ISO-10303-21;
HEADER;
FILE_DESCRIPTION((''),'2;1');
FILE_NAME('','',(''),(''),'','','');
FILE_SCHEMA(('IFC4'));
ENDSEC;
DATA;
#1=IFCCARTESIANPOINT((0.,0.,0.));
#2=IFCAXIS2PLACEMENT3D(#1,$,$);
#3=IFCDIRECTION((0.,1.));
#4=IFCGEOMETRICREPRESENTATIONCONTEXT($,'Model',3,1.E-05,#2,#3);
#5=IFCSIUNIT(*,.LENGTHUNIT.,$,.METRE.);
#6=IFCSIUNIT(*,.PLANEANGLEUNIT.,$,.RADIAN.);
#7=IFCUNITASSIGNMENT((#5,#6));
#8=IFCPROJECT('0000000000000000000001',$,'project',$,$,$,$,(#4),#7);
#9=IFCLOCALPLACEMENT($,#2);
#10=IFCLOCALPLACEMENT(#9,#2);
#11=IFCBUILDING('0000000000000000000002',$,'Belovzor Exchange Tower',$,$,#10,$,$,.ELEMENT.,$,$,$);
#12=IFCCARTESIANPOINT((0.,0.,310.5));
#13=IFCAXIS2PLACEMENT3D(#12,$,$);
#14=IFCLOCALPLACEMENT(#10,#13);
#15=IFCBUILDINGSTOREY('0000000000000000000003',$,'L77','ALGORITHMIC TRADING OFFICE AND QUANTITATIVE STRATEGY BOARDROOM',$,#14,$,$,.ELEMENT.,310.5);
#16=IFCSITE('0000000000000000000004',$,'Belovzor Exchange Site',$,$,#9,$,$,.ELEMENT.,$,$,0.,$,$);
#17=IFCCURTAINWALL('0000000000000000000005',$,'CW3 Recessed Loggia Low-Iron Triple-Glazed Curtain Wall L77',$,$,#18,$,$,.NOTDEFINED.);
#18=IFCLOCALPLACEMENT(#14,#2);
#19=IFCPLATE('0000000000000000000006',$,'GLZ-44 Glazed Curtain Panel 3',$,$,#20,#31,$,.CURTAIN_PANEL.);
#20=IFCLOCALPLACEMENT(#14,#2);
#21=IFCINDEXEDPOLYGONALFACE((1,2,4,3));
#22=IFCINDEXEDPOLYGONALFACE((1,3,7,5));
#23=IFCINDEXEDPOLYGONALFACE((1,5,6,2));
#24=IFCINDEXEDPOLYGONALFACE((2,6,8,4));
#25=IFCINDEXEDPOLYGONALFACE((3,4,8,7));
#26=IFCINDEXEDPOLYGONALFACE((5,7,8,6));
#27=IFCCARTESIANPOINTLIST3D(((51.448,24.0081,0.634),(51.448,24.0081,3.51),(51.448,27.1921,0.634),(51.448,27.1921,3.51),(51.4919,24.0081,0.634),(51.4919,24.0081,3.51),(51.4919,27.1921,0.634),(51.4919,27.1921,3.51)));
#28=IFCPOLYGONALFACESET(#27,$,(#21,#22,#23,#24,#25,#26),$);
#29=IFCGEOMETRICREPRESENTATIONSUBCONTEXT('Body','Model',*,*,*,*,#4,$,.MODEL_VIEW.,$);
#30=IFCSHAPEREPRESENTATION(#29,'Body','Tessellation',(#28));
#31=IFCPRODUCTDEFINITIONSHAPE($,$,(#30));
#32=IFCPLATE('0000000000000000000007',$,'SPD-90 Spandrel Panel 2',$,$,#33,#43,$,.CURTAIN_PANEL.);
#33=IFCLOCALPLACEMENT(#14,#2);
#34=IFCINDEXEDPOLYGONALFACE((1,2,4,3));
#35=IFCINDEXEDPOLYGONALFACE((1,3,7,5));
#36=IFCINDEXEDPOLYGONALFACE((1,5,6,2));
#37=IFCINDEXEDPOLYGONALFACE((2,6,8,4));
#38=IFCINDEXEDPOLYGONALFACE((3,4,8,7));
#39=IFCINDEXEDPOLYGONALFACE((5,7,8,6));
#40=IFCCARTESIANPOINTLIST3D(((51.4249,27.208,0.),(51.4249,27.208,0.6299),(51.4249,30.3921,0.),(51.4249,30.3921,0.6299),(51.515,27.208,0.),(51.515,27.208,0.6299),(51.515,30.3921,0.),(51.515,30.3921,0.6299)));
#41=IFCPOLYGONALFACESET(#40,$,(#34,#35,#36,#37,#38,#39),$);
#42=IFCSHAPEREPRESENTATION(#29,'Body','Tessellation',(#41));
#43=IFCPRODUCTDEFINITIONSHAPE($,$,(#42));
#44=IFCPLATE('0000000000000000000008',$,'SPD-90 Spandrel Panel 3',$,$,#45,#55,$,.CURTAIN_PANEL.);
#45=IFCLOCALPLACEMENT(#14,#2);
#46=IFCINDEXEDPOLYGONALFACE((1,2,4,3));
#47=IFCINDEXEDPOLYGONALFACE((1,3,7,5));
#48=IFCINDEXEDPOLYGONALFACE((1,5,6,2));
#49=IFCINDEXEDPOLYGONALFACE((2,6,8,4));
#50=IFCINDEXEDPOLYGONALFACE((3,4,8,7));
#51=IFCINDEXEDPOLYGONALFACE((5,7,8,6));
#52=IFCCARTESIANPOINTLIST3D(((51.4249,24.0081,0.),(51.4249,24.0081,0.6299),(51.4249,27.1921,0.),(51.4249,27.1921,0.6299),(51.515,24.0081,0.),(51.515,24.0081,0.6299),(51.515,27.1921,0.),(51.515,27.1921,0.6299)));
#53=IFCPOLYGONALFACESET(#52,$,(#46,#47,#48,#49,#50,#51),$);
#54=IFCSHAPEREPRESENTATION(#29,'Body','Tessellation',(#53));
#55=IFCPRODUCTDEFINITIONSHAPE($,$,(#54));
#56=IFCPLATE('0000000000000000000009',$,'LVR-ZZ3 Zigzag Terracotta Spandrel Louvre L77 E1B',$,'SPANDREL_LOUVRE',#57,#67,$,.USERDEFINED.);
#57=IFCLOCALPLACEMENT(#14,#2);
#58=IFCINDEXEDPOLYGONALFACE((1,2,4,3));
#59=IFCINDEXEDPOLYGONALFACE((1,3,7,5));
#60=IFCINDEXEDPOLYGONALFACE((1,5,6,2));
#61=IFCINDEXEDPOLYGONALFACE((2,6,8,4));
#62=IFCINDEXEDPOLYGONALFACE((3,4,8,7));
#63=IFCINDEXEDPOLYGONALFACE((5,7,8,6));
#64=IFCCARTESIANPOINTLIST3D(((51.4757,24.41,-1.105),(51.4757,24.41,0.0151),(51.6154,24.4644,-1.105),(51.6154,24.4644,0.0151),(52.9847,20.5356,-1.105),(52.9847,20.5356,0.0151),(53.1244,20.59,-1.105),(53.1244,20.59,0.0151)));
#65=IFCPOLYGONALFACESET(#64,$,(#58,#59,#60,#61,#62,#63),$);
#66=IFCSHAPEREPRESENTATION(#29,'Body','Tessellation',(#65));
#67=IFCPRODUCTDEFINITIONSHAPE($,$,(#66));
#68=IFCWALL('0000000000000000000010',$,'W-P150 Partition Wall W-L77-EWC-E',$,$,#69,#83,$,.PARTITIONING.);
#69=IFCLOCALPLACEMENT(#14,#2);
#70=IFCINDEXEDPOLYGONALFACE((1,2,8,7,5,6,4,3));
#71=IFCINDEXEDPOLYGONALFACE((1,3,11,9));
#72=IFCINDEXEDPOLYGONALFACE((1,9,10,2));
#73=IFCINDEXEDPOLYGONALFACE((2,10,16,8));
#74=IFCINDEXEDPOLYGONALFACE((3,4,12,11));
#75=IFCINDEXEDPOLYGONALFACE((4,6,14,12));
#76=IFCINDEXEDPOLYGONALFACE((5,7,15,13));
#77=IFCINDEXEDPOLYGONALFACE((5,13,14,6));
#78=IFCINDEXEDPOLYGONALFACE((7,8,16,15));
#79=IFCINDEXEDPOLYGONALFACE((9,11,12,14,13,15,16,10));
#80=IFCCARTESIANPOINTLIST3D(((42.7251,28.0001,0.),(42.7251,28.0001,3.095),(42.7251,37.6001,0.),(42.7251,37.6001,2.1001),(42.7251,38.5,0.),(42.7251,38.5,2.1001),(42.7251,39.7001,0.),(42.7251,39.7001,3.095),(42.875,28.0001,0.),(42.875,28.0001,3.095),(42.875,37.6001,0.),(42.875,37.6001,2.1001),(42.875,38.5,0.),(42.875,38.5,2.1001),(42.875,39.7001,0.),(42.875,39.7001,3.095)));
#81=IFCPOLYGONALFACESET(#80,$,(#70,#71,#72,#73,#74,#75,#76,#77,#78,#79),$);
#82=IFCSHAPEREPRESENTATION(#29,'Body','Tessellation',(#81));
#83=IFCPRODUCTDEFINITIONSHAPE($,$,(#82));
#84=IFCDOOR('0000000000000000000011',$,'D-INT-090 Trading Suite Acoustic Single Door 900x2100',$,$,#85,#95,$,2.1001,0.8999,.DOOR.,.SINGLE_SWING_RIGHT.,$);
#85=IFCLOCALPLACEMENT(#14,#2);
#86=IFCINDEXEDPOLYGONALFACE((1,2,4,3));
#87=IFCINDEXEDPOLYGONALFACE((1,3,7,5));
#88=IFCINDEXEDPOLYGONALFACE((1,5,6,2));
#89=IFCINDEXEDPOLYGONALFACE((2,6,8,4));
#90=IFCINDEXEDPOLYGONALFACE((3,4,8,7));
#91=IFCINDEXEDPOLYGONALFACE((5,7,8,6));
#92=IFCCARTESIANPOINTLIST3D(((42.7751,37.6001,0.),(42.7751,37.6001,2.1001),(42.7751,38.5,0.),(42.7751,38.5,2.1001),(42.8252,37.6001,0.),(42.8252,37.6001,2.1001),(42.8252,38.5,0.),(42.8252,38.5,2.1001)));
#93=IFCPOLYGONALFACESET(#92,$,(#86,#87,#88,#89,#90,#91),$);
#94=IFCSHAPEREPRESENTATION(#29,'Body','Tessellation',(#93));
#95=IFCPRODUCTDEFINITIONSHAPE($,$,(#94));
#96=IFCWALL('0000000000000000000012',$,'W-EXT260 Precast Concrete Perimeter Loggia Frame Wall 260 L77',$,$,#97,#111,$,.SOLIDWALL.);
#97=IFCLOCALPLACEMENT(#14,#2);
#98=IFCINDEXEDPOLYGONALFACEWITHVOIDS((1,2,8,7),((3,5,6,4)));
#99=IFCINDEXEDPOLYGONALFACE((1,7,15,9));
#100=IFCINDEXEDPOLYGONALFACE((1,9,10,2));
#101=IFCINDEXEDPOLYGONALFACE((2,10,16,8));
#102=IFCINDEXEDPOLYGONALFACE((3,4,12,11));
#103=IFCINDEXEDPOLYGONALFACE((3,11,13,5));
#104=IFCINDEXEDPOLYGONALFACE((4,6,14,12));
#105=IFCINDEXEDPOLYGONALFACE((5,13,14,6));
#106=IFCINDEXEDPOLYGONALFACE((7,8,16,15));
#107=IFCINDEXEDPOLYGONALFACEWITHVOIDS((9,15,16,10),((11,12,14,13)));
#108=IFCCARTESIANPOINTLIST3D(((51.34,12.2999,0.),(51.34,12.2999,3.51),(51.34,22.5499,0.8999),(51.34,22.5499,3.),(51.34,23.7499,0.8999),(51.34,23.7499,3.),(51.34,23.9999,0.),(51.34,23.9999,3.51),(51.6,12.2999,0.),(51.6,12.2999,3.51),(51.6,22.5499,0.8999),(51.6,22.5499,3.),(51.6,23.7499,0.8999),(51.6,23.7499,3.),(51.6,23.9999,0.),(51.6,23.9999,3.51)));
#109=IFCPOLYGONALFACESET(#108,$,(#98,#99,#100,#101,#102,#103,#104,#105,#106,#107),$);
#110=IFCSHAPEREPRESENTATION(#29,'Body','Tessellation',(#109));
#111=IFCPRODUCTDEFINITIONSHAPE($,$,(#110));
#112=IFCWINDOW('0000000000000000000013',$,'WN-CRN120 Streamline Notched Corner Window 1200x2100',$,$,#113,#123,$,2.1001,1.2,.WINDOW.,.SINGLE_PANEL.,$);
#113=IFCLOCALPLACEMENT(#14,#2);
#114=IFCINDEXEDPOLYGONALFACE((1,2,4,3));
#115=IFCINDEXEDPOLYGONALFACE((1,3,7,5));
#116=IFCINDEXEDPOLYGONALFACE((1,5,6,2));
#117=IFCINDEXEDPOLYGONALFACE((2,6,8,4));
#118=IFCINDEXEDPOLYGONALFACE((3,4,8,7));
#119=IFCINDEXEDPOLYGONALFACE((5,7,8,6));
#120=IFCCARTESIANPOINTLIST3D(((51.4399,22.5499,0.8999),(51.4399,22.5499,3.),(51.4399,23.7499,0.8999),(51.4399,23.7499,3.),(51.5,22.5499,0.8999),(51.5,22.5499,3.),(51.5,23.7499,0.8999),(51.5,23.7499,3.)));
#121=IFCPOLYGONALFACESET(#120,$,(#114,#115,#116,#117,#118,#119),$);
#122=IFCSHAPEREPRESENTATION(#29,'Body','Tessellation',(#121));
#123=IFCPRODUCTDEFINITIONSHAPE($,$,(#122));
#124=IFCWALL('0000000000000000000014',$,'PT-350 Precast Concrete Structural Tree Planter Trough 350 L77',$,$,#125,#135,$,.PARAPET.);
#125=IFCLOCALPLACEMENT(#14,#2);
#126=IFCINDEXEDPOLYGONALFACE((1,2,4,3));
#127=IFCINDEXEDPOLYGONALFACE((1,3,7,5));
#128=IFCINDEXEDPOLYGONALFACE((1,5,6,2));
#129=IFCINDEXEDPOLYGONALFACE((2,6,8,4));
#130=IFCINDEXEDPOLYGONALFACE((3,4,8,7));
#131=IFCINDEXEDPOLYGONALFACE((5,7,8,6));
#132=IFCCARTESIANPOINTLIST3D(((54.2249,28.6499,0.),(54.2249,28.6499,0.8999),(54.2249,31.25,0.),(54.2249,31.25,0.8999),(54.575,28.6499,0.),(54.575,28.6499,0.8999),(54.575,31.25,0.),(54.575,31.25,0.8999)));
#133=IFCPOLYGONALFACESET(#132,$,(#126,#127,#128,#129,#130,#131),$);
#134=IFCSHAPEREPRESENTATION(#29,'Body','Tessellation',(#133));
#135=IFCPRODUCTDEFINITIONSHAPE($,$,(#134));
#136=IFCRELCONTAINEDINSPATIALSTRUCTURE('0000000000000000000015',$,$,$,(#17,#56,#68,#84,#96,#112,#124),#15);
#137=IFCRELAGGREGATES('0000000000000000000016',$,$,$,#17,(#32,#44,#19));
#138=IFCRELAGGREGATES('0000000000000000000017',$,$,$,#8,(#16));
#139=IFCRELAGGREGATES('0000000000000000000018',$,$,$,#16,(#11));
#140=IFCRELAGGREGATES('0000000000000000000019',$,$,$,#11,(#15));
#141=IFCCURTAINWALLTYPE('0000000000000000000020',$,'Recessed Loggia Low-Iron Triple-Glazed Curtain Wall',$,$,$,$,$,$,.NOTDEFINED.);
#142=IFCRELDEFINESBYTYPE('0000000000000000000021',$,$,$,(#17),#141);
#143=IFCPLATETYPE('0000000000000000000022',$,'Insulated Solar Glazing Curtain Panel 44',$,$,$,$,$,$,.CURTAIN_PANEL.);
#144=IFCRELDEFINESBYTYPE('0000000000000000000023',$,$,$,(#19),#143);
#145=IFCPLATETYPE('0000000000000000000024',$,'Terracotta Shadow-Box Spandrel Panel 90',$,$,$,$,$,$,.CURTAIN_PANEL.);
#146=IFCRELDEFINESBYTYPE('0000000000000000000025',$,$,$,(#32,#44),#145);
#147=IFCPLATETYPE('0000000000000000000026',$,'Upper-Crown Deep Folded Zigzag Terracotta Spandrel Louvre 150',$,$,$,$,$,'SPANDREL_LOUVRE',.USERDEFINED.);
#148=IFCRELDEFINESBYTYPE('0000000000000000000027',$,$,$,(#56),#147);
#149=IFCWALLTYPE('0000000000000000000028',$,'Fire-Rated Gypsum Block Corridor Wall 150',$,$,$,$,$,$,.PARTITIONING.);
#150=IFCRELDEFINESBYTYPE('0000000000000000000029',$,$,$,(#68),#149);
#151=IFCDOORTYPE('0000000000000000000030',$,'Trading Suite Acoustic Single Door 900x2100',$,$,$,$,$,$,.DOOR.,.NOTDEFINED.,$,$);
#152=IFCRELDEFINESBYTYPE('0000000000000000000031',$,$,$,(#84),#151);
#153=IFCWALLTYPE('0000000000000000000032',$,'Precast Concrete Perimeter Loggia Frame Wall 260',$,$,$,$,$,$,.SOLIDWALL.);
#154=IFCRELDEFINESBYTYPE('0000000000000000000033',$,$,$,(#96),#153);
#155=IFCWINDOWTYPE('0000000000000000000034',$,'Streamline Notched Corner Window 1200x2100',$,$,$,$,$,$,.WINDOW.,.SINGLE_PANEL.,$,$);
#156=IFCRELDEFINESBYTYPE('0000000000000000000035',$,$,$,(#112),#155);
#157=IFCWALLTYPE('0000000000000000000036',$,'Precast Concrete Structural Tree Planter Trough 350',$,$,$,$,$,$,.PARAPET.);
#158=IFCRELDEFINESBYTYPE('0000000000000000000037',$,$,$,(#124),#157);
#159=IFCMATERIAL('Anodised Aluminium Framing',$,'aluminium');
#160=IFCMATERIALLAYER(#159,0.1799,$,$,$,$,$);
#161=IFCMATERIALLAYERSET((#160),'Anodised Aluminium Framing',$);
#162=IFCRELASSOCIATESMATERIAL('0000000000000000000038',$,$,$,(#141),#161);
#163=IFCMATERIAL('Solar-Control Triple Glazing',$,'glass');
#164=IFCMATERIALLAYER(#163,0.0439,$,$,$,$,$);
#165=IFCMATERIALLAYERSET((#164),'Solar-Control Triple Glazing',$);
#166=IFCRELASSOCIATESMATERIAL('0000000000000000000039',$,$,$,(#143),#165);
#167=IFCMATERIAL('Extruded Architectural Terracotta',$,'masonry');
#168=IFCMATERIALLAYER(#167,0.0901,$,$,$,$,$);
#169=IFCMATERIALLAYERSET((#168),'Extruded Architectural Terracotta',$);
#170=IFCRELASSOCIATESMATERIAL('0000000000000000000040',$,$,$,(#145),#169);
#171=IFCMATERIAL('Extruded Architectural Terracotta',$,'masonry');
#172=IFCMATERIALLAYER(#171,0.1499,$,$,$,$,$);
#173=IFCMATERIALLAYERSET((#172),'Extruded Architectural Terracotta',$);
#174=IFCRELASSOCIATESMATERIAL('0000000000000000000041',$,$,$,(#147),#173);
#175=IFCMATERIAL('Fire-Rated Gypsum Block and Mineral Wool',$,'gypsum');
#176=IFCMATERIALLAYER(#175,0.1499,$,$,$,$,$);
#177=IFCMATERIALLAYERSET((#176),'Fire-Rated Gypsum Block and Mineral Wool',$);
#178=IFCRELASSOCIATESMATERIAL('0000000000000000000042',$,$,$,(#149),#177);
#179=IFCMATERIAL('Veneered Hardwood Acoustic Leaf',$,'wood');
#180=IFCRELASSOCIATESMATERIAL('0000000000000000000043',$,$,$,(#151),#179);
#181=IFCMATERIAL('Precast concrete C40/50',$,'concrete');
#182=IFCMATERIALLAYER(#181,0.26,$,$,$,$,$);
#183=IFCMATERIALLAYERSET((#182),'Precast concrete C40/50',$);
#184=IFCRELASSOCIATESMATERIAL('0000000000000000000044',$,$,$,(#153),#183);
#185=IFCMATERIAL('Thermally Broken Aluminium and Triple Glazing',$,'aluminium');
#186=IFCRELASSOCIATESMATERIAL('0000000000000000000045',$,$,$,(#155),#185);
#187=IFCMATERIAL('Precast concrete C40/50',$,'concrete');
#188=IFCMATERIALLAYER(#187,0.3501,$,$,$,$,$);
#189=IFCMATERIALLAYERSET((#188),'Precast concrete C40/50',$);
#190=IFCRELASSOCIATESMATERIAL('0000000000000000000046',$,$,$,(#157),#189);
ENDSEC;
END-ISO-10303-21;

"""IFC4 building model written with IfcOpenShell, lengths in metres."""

from ifc_helpers import new_model, si_unit, direction, frame, frame_2d, origin, origin_2d, place, context, subcontext, project, spatial, rectangle, extrude, material, layer, layer_set, type_object, element, fill, aggregate, save


model = new_model("IFC4")

# Units and contexts
model_context = context("Model", 3, precision=1e-05, world=origin(), true_north=direction((0.0, 1.0)))
body_context = subcontext(model_context, "Body", "Model", "MODEL_VIEW")
ifc_project = project(units=[si_unit("LENGTHUNIT", "METRE"), si_unit("PLANEANGLEUNIT", "RADIAN")], contexts=[model_context])

# Site, building, storey
site_placement = place(None, origin())
site = spatial("IfcSite", under=ifc_project, at=site_placement, Name="Belovzor Exchange Site", CompositionType="ELEMENT", RefElevation=0.0)
building_placement = place(site_placement, origin())
building = spatial("IfcBuilding", under=site, at=building_placement, Name="Belovzor Exchange Tower", CompositionType="ELEMENT")
storey_placement = place(building_placement, frame((0.0, 0.0, 310.5)))
storey = spatial("IfcBuildingStorey", under=building, at=storey_placement, Name="L77", Description="ALGORITHMIC TRADING OFFICE AND QUANTITATIVE STRATEGY BOARDROOM", CompositionType="ELEMENT", Elevation=310.5)

# Curtain wall, plates
ifc_material_1 = material(Name="Anodised Aluminium Framing", Category="aluminium")
ifc_layer_1 = layer(ifc_material_1, 0.1799)
ifc_layer_set_1 = layer_set([ifc_layer_1], Name="Anodised Aluminium Framing")
curtain_wall_type = type_object("IfcCurtainWallType", Name="Recessed Loggia Low-Iron Triple-Glazed Curtain Wall", PredefinedType="NOTDEFINED", material=ifc_layer_set_1)
curtain_wall_placement = place(storey_placement, origin())
curtain_wall = element("IfcCurtainWall", 1, at=curtain_wall_placement, inside=storey, type_object=curtain_wall_type, Name="CW3 Recessed Loggia Low-Iron Triple-Glazed Curtain Wall L77", PredefinedType="NOTDEFINED")
ifc_material_2 = material(Name="Solar-Control Triple Glazing", Category="glass")
ifc_layer_2 = layer(ifc_material_2, 0.0439)
ifc_layer_set_2 = layer_set([ifc_layer_2], Name="Solar-Control Triple Glazing")
plate_type_1 = type_object("IfcPlateType", Name="Insulated Solar Glazing Curtain Panel 44", PredefinedType="CURTAIN_PANEL", material=ifc_layer_set_2)
plate_1_placement = place(storey_placement, frame((51.47, 25.6001, 0.634), z_axis=(0.0, 0.0, 1.0), x_axis=(0.0, -1.0, 0.0)))
plate_1 = element("IfcPlate", 2, at=plate_1_placement, type_object=plate_type_1, Name="GLZ-44 Glazed Curtain Panel 3", PredefinedType="CURTAIN_PANEL", context=body_context, shape_type="SweptSolid", body=[
    extrude(rectangle(XDim=3.1841, YDim=0.0439, at=origin_2d()), origin(), (0.0, 0.0, 1.0), 2.876),
])
ifc_material_3 = material(Name="Extruded Architectural Terracotta", Category="masonry")
ifc_layer_3 = layer(ifc_material_3, 0.0901)
ifc_layer_set_3 = layer_set([ifc_layer_3], Name="Extruded Architectural Terracotta")
plate_type_2 = type_object("IfcPlateType", Name="Terracotta Shadow-Box Spandrel Panel 90", PredefinedType="CURTAIN_PANEL", material=ifc_layer_set_3)
plate_2_placement = place(storey_placement, frame((51.47, 28.8, 0.0), z_axis=(0.0, 0.0, 1.0), x_axis=(0.0, -1.0, 0.0)))
plate_2 = element("IfcPlate", 3, at=plate_2_placement, type_object=plate_type_2, Name="SPD-90 Spandrel Panel 2", PredefinedType="CURTAIN_PANEL", context=body_context, shape_type="SweptSolid", body=[
    extrude(rectangle(XDim=3.1841, YDim=0.0901, at=origin_2d()), origin(), (0.0, 0.0, 1.0), 0.6299),
])
plate_3_placement = place(storey_placement, frame((51.47, 25.6001, 0.0), z_axis=(0.0, 0.0, 1.0), x_axis=(0.0, -1.0, 0.0)))
plate_3 = element("IfcPlate", 4, at=plate_3_placement, type_object=plate_type_2, Name="SPD-90 Spandrel Panel 3", PredefinedType="CURTAIN_PANEL", context=body_context, shape_type="SweptSolid", body=[
    extrude(rectangle(XDim=3.1841, YDim=0.0901, at=origin_2d()), origin(), (0.0, 0.0, 1.0), 0.6299),
])
aggregate(curtain_wall, [plate_2, plate_3, plate_1])

# Plate
ifc_material_4 = material(Name="Extruded Architectural Terracotta", Category="masonry")
ifc_layer_4 = layer(ifc_material_4, 0.1499)
ifc_layer_set_4 = layer_set([ifc_layer_4], Name="Extruded Architectural Terracotta")
plate_type_3 = type_object("IfcPlateType", Name="Upper-Crown Deep Folded Zigzag Terracotta Spandrel Louvre 150", ElementType="SPANDREL_LOUVRE", PredefinedType="USERDEFINED", material=ifc_layer_set_4)
plate_4_placement = place(storey_placement, frame((52.3, 22.5, -1.105), z_axis=(0.0, 0.0, 1.0), x_axis=(-0.362926, 0.931818, 0.0)))
element("IfcPlate", 5, at=plate_4_placement, inside=storey, type_object=plate_type_3, Name="LVR-ZZ3 Zigzag Terracotta Spandrel Louvre L77 E1B", ObjectType="SPANDREL_LOUVRE", PredefinedType="USERDEFINED", context=body_context, shape_type="SweptSolid", body=[
    extrude(rectangle(XDim=4.158, YDim=0.1499, at=origin_2d()), origin(), (0.0, 0.0, 1.0), 1.1201),
])

# Wall, opening, door
ifc_material_5 = material(Name="Fire-Rated Gypsum Block and Mineral Wool", Category="gypsum")
ifc_layer_5 = layer(ifc_material_5, 0.1499)
ifc_layer_set_5 = layer_set([ifc_layer_5], Name="Fire-Rated Gypsum Block and Mineral Wool")
wall_type_1 = type_object("IfcWallType", Name="Fire-Rated Gypsum Block Corridor Wall 150", PredefinedType="PARTITIONING", material=ifc_layer_set_5)
wall_1_placement = place(storey_placement, frame((42.8, 28.0, 0.0), z_axis=(0.0, 0.0, 1.0), x_axis=(0.0, 1.0, 0.0)))
wall_1 = element("IfcWall", 6, at=wall_1_placement, inside=storey, type_object=wall_type_1, Name="W-P150 Partition Wall W-L77-EWC-E", PredefinedType="PARTITIONING", context=body_context, shape_type="SweptSolid", body=[
    extrude(rectangle(XDim=11.7, YDim=0.1499, at=frame_2d((5.8501, 0.0))), origin(), (0.0, 0.0, 1.0), 3.095),
])
opening_1_placement = place(wall_1_placement, frame((9.6001, 0.0, 0.0)))
opening_1 = element("IfcOpeningElement", 7, at=opening_1_placement, cuts=wall_1, PredefinedType="OPENING", context=body_context, shape_type="SweptSolid", body=[
    extrude(rectangle(XDim=0.8999, YDim=2.1001, at=frame_2d((0.45, 1.05))), frame((0.0, 0.085, 0.0), z_axis=(0.0, -1.0, 0.0), x_axis=(1.0, 0.0, 0.0)), (0.0, 0.0, 1.0), 0.1699),
])
ifc_material_6 = material(Name="Veneered Hardwood Acoustic Leaf", Category="wood")
door_type = type_object("IfcDoorType", Name="Trading Suite Acoustic Single Door 900x2100", OperationType="NOTDEFINED", PredefinedType="DOOR", material=ifc_material_6)
door_placement = place(opening_1_placement, origin())
door = element("IfcDoor", 8, at=door_placement, inside=storey, type_object=door_type, Name="D-INT-090 Trading Suite Acoustic Single Door 900x2100", OperationType="SINGLE_SWING_RIGHT", OverallHeight=2.1001, OverallWidth=0.8999, PredefinedType="DOOR", context=body_context, shape_type="SweptSolid", body=[
    extrude(rectangle(XDim=0.8999, YDim=2.1001, at=frame_2d((0.45, 1.05))), frame((0.0, 0.0249, 0.0), z_axis=(0.0, -1.0, 0.0), x_axis=(1.0, 0.0, 0.0)), (0.0, 0.0, 1.0), 0.05),
])
fill(opening_1, door)

# Wall, opening, window
ifc_material_7 = material(Name="Precast concrete C40/50", Category="concrete")
ifc_layer_6 = layer(ifc_material_7, 0.26)
ifc_layer_set_6 = layer_set([ifc_layer_6], Name="Precast concrete C40/50")
wall_type_2 = type_object("IfcWallType", Name="Precast Concrete Perimeter Loggia Frame Wall 260", PredefinedType="SOLIDWALL", material=ifc_layer_set_6)
wall_2_placement = place(storey_placement, frame((51.47, 24.0, 0.0), z_axis=(0.0, 0.0, 1.0), x_axis=(0.0, -1.0, 0.0)))
wall_2 = element("IfcWall", 9, at=wall_2_placement, inside=storey, type_object=wall_type_2, Name="W-EXT260 Precast Concrete Perimeter Loggia Frame Wall 260 L77", PredefinedType="SOLIDWALL", context=body_context, shape_type="SweptSolid", body=[
    extrude(rectangle(XDim=11.7, YDim=0.26, at=frame_2d((5.8501, 0.0))), origin(), (0.0, 0.0, 1.0), 3.51),
])
opening_2_placement = place(wall_2_placement, frame((0.25, 0.0, 0.8999)))
opening_2 = element("IfcOpeningElement", 10, at=opening_2_placement, cuts=wall_2, PredefinedType="OPENING", context=body_context, shape_type="SweptSolid", body=[
    extrude(rectangle(XDim=1.2, YDim=2.1001, at=frame_2d((0.6001, 1.05))), frame((0.0, 0.1399, 0.0), z_axis=(0.0, -1.0, 0.0), x_axis=(1.0, 0.0, 0.0)), (0.0, 0.0, 1.0), 0.28),
])
ifc_material_8 = material(Name="Thermally Broken Aluminium and Triple Glazing", Category="aluminium")
window_type = type_object("IfcWindowType", Name="Streamline Notched Corner Window 1200x2100", PartitioningType="SINGLE_PANEL", PredefinedType="WINDOW", material=ifc_material_8)
window_placement = place(opening_2_placement, origin())
window = element("IfcWindow", 11, at=window_placement, inside=storey, type_object=window_type, Name="WN-CRN120 Streamline Notched Corner Window 1200x2100", OverallHeight=2.1001, OverallWidth=1.2, PartitioningType="SINGLE_PANEL", PredefinedType="WINDOW", context=body_context, shape_type="SweptSolid", body=[
    extrude(rectangle(XDim=1.2, YDim=2.1001, at=frame_2d((0.6001, 1.05))), frame((0.0, 0.03, 0.0), z_axis=(0.0, -1.0, 0.0), x_axis=(1.0, 0.0, 0.0)), (0.0, 0.0, 1.0), 0.0601),
])
fill(opening_2, window)

# Wall
ifc_material_9 = material(Name="Precast concrete C40/50", Category="concrete")
ifc_layer_7 = layer(ifc_material_9, 0.3501)
ifc_layer_set_7 = layer_set([ifc_layer_7], Name="Precast concrete C40/50")
wall_type_3 = type_object("IfcWallType", Name="Precast Concrete Structural Tree Planter Trough 350", PredefinedType="PARAPET", material=ifc_layer_set_7)
wall_3_placement = place(storey_placement, frame((54.3999, 28.6499, 0.0), z_axis=(0.0, 0.0, 1.0), x_axis=(0.0, 1.0, 0.0)))
element("IfcWall", 12, at=wall_3_placement, inside=storey, type_object=wall_type_3, Name="PT-350 Precast Concrete Structural Tree Planter Trough 350 L77", PredefinedType="PARAPET", context=body_context, shape_type="SweptSolid", body=[
    extrude(rectangle(XDim=2.6001, YDim=0.3501, at=frame_2d((1.3, 0.0))), origin(), (0.0, 0.0, 1.0), 0.8999),
])

save(model, "model.ifc")
